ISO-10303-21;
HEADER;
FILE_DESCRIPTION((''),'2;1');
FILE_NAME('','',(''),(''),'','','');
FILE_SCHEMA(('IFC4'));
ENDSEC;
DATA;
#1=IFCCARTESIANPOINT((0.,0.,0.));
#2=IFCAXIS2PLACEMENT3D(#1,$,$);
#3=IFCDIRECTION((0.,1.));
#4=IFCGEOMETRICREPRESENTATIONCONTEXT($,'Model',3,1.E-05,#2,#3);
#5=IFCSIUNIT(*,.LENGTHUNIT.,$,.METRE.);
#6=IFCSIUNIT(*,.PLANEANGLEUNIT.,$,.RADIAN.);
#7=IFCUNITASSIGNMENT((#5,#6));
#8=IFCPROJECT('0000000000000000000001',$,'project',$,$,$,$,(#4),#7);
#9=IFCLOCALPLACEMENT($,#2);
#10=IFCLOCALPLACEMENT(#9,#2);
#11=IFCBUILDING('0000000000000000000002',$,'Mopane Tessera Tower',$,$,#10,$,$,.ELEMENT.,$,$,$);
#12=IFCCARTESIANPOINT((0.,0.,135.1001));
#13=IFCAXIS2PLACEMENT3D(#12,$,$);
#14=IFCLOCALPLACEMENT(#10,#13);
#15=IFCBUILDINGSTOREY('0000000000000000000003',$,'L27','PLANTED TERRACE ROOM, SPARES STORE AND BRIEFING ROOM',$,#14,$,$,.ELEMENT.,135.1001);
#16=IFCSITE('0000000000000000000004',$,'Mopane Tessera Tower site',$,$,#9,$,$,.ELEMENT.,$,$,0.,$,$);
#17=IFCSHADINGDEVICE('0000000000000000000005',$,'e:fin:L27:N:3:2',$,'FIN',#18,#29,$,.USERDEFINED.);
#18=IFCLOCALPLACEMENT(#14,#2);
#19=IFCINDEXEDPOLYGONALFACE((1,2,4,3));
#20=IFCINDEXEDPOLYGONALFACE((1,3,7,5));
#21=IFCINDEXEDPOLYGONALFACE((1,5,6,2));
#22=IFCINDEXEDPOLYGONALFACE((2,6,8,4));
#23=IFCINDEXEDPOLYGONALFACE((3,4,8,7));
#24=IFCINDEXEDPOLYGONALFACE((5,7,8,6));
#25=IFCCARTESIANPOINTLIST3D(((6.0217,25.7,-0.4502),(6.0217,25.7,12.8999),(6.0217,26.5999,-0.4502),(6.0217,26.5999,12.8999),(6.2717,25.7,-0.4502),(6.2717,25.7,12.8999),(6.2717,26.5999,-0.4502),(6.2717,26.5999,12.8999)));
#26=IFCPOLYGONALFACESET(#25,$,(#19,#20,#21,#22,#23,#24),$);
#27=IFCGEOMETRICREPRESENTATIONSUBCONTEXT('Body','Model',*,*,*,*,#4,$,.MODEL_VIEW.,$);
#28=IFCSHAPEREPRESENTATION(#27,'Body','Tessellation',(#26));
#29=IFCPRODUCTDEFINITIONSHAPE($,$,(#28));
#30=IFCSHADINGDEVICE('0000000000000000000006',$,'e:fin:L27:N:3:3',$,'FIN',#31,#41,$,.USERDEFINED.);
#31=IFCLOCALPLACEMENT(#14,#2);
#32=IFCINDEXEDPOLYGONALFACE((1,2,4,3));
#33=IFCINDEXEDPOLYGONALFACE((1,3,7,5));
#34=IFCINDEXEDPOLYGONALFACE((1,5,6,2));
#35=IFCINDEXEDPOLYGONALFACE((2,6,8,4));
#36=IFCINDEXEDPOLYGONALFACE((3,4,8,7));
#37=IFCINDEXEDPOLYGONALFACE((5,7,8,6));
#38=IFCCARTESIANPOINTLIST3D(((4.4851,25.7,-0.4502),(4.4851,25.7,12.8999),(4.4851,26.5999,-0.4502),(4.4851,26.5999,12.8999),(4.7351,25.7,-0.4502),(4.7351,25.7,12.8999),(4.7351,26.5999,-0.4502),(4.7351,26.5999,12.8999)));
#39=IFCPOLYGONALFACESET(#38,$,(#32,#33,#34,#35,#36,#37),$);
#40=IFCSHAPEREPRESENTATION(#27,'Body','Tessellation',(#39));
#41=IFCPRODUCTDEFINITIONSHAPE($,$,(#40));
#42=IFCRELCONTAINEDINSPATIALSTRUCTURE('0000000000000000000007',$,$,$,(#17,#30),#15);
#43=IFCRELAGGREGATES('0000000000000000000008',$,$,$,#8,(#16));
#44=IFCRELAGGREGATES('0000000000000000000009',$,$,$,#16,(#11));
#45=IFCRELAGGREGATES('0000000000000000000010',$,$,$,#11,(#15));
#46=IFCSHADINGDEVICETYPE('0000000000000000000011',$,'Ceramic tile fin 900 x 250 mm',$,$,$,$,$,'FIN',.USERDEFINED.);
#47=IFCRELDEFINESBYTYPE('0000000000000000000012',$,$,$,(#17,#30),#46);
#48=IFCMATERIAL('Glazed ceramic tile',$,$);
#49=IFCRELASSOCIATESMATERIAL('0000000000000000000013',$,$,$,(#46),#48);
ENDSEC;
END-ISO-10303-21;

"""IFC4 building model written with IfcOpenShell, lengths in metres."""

from ifc_helpers import new_model, si_unit, direction, frame, origin, origin_2d, place, context, subcontext, project, spatial, rectangle, extrude, material, type_object, element, save


model = new_model("IFC4")

# Units and contexts
model_context = context("Model", 3, precision=1e-05, world=origin(), true_north=direction((0.0, 1.0)))
body_context = subcontext(model_context, "Body", "Model", "MODEL_VIEW")
ifc_project = project(units=[si_unit("LENGTHUNIT", "METRE"), si_unit("PLANEANGLEUNIT", "RADIAN")], contexts=[model_context])

# Site, building, storey
site_placement = place(None, origin())
site = spatial("IfcSite", under=ifc_project, at=site_placement, Name="Mopane Tessera Tower site", CompositionType="ELEMENT", RefElevation=0.0)
building_placement = place(site_placement, origin())
building = spatial("IfcBuilding", under=site, at=building_placement, Name="Mopane Tessera Tower", CompositionType="ELEMENT")
storey_placement = place(building_placement, frame((0.0, 0.0, 135.1001)))
storey = spatial("IfcBuildingStorey", under=building, at=storey_placement, Name="L27", Description="PLANTED TERRACE ROOM, SPARES STORE AND BRIEFING ROOM", CompositionType="ELEMENT", Elevation=135.1001)

# Shading devices
ifc_material_1 = material(Name="Glazed ceramic tile")
shading_device_type = type_object("IfcShadingDeviceType", Name="Ceramic tile fin 900 x 250 mm", ElementType="FIN", PredefinedType="USERDEFINED", material=ifc_material_1)
for number, where, z_axis, x_axis, name in (
    (1, (6.1467, 26.1499, -0.4502), (0.0, 0.0, 1.0), (-1.0, 0.0, 0.0), "e:fin:L27:N:3:2"),
    (2, (4.6101, 26.1499, -0.4502), (0.0, 0.0, 1.0), (-1.0, 0.0, 0.0), "e:fin:L27:N:3:3"),
):
    element("IfcShadingDevice", number, at=place(storey_placement, frame(where, z_axis=z_axis, x_axis=x_axis)), inside=storey, type_object=shading_device_type, Name=name, ObjectType="FIN", PredefinedType="USERDEFINED", context=body_context, shape_type="SweptSolid", body=[
        extrude(rectangle(XDim=0.25, YDim=0.8999, at=origin_2d()), origin(), (0.0, 0.0, 1.0), 13.3501),
    ])

save(model, "model.ifc")
